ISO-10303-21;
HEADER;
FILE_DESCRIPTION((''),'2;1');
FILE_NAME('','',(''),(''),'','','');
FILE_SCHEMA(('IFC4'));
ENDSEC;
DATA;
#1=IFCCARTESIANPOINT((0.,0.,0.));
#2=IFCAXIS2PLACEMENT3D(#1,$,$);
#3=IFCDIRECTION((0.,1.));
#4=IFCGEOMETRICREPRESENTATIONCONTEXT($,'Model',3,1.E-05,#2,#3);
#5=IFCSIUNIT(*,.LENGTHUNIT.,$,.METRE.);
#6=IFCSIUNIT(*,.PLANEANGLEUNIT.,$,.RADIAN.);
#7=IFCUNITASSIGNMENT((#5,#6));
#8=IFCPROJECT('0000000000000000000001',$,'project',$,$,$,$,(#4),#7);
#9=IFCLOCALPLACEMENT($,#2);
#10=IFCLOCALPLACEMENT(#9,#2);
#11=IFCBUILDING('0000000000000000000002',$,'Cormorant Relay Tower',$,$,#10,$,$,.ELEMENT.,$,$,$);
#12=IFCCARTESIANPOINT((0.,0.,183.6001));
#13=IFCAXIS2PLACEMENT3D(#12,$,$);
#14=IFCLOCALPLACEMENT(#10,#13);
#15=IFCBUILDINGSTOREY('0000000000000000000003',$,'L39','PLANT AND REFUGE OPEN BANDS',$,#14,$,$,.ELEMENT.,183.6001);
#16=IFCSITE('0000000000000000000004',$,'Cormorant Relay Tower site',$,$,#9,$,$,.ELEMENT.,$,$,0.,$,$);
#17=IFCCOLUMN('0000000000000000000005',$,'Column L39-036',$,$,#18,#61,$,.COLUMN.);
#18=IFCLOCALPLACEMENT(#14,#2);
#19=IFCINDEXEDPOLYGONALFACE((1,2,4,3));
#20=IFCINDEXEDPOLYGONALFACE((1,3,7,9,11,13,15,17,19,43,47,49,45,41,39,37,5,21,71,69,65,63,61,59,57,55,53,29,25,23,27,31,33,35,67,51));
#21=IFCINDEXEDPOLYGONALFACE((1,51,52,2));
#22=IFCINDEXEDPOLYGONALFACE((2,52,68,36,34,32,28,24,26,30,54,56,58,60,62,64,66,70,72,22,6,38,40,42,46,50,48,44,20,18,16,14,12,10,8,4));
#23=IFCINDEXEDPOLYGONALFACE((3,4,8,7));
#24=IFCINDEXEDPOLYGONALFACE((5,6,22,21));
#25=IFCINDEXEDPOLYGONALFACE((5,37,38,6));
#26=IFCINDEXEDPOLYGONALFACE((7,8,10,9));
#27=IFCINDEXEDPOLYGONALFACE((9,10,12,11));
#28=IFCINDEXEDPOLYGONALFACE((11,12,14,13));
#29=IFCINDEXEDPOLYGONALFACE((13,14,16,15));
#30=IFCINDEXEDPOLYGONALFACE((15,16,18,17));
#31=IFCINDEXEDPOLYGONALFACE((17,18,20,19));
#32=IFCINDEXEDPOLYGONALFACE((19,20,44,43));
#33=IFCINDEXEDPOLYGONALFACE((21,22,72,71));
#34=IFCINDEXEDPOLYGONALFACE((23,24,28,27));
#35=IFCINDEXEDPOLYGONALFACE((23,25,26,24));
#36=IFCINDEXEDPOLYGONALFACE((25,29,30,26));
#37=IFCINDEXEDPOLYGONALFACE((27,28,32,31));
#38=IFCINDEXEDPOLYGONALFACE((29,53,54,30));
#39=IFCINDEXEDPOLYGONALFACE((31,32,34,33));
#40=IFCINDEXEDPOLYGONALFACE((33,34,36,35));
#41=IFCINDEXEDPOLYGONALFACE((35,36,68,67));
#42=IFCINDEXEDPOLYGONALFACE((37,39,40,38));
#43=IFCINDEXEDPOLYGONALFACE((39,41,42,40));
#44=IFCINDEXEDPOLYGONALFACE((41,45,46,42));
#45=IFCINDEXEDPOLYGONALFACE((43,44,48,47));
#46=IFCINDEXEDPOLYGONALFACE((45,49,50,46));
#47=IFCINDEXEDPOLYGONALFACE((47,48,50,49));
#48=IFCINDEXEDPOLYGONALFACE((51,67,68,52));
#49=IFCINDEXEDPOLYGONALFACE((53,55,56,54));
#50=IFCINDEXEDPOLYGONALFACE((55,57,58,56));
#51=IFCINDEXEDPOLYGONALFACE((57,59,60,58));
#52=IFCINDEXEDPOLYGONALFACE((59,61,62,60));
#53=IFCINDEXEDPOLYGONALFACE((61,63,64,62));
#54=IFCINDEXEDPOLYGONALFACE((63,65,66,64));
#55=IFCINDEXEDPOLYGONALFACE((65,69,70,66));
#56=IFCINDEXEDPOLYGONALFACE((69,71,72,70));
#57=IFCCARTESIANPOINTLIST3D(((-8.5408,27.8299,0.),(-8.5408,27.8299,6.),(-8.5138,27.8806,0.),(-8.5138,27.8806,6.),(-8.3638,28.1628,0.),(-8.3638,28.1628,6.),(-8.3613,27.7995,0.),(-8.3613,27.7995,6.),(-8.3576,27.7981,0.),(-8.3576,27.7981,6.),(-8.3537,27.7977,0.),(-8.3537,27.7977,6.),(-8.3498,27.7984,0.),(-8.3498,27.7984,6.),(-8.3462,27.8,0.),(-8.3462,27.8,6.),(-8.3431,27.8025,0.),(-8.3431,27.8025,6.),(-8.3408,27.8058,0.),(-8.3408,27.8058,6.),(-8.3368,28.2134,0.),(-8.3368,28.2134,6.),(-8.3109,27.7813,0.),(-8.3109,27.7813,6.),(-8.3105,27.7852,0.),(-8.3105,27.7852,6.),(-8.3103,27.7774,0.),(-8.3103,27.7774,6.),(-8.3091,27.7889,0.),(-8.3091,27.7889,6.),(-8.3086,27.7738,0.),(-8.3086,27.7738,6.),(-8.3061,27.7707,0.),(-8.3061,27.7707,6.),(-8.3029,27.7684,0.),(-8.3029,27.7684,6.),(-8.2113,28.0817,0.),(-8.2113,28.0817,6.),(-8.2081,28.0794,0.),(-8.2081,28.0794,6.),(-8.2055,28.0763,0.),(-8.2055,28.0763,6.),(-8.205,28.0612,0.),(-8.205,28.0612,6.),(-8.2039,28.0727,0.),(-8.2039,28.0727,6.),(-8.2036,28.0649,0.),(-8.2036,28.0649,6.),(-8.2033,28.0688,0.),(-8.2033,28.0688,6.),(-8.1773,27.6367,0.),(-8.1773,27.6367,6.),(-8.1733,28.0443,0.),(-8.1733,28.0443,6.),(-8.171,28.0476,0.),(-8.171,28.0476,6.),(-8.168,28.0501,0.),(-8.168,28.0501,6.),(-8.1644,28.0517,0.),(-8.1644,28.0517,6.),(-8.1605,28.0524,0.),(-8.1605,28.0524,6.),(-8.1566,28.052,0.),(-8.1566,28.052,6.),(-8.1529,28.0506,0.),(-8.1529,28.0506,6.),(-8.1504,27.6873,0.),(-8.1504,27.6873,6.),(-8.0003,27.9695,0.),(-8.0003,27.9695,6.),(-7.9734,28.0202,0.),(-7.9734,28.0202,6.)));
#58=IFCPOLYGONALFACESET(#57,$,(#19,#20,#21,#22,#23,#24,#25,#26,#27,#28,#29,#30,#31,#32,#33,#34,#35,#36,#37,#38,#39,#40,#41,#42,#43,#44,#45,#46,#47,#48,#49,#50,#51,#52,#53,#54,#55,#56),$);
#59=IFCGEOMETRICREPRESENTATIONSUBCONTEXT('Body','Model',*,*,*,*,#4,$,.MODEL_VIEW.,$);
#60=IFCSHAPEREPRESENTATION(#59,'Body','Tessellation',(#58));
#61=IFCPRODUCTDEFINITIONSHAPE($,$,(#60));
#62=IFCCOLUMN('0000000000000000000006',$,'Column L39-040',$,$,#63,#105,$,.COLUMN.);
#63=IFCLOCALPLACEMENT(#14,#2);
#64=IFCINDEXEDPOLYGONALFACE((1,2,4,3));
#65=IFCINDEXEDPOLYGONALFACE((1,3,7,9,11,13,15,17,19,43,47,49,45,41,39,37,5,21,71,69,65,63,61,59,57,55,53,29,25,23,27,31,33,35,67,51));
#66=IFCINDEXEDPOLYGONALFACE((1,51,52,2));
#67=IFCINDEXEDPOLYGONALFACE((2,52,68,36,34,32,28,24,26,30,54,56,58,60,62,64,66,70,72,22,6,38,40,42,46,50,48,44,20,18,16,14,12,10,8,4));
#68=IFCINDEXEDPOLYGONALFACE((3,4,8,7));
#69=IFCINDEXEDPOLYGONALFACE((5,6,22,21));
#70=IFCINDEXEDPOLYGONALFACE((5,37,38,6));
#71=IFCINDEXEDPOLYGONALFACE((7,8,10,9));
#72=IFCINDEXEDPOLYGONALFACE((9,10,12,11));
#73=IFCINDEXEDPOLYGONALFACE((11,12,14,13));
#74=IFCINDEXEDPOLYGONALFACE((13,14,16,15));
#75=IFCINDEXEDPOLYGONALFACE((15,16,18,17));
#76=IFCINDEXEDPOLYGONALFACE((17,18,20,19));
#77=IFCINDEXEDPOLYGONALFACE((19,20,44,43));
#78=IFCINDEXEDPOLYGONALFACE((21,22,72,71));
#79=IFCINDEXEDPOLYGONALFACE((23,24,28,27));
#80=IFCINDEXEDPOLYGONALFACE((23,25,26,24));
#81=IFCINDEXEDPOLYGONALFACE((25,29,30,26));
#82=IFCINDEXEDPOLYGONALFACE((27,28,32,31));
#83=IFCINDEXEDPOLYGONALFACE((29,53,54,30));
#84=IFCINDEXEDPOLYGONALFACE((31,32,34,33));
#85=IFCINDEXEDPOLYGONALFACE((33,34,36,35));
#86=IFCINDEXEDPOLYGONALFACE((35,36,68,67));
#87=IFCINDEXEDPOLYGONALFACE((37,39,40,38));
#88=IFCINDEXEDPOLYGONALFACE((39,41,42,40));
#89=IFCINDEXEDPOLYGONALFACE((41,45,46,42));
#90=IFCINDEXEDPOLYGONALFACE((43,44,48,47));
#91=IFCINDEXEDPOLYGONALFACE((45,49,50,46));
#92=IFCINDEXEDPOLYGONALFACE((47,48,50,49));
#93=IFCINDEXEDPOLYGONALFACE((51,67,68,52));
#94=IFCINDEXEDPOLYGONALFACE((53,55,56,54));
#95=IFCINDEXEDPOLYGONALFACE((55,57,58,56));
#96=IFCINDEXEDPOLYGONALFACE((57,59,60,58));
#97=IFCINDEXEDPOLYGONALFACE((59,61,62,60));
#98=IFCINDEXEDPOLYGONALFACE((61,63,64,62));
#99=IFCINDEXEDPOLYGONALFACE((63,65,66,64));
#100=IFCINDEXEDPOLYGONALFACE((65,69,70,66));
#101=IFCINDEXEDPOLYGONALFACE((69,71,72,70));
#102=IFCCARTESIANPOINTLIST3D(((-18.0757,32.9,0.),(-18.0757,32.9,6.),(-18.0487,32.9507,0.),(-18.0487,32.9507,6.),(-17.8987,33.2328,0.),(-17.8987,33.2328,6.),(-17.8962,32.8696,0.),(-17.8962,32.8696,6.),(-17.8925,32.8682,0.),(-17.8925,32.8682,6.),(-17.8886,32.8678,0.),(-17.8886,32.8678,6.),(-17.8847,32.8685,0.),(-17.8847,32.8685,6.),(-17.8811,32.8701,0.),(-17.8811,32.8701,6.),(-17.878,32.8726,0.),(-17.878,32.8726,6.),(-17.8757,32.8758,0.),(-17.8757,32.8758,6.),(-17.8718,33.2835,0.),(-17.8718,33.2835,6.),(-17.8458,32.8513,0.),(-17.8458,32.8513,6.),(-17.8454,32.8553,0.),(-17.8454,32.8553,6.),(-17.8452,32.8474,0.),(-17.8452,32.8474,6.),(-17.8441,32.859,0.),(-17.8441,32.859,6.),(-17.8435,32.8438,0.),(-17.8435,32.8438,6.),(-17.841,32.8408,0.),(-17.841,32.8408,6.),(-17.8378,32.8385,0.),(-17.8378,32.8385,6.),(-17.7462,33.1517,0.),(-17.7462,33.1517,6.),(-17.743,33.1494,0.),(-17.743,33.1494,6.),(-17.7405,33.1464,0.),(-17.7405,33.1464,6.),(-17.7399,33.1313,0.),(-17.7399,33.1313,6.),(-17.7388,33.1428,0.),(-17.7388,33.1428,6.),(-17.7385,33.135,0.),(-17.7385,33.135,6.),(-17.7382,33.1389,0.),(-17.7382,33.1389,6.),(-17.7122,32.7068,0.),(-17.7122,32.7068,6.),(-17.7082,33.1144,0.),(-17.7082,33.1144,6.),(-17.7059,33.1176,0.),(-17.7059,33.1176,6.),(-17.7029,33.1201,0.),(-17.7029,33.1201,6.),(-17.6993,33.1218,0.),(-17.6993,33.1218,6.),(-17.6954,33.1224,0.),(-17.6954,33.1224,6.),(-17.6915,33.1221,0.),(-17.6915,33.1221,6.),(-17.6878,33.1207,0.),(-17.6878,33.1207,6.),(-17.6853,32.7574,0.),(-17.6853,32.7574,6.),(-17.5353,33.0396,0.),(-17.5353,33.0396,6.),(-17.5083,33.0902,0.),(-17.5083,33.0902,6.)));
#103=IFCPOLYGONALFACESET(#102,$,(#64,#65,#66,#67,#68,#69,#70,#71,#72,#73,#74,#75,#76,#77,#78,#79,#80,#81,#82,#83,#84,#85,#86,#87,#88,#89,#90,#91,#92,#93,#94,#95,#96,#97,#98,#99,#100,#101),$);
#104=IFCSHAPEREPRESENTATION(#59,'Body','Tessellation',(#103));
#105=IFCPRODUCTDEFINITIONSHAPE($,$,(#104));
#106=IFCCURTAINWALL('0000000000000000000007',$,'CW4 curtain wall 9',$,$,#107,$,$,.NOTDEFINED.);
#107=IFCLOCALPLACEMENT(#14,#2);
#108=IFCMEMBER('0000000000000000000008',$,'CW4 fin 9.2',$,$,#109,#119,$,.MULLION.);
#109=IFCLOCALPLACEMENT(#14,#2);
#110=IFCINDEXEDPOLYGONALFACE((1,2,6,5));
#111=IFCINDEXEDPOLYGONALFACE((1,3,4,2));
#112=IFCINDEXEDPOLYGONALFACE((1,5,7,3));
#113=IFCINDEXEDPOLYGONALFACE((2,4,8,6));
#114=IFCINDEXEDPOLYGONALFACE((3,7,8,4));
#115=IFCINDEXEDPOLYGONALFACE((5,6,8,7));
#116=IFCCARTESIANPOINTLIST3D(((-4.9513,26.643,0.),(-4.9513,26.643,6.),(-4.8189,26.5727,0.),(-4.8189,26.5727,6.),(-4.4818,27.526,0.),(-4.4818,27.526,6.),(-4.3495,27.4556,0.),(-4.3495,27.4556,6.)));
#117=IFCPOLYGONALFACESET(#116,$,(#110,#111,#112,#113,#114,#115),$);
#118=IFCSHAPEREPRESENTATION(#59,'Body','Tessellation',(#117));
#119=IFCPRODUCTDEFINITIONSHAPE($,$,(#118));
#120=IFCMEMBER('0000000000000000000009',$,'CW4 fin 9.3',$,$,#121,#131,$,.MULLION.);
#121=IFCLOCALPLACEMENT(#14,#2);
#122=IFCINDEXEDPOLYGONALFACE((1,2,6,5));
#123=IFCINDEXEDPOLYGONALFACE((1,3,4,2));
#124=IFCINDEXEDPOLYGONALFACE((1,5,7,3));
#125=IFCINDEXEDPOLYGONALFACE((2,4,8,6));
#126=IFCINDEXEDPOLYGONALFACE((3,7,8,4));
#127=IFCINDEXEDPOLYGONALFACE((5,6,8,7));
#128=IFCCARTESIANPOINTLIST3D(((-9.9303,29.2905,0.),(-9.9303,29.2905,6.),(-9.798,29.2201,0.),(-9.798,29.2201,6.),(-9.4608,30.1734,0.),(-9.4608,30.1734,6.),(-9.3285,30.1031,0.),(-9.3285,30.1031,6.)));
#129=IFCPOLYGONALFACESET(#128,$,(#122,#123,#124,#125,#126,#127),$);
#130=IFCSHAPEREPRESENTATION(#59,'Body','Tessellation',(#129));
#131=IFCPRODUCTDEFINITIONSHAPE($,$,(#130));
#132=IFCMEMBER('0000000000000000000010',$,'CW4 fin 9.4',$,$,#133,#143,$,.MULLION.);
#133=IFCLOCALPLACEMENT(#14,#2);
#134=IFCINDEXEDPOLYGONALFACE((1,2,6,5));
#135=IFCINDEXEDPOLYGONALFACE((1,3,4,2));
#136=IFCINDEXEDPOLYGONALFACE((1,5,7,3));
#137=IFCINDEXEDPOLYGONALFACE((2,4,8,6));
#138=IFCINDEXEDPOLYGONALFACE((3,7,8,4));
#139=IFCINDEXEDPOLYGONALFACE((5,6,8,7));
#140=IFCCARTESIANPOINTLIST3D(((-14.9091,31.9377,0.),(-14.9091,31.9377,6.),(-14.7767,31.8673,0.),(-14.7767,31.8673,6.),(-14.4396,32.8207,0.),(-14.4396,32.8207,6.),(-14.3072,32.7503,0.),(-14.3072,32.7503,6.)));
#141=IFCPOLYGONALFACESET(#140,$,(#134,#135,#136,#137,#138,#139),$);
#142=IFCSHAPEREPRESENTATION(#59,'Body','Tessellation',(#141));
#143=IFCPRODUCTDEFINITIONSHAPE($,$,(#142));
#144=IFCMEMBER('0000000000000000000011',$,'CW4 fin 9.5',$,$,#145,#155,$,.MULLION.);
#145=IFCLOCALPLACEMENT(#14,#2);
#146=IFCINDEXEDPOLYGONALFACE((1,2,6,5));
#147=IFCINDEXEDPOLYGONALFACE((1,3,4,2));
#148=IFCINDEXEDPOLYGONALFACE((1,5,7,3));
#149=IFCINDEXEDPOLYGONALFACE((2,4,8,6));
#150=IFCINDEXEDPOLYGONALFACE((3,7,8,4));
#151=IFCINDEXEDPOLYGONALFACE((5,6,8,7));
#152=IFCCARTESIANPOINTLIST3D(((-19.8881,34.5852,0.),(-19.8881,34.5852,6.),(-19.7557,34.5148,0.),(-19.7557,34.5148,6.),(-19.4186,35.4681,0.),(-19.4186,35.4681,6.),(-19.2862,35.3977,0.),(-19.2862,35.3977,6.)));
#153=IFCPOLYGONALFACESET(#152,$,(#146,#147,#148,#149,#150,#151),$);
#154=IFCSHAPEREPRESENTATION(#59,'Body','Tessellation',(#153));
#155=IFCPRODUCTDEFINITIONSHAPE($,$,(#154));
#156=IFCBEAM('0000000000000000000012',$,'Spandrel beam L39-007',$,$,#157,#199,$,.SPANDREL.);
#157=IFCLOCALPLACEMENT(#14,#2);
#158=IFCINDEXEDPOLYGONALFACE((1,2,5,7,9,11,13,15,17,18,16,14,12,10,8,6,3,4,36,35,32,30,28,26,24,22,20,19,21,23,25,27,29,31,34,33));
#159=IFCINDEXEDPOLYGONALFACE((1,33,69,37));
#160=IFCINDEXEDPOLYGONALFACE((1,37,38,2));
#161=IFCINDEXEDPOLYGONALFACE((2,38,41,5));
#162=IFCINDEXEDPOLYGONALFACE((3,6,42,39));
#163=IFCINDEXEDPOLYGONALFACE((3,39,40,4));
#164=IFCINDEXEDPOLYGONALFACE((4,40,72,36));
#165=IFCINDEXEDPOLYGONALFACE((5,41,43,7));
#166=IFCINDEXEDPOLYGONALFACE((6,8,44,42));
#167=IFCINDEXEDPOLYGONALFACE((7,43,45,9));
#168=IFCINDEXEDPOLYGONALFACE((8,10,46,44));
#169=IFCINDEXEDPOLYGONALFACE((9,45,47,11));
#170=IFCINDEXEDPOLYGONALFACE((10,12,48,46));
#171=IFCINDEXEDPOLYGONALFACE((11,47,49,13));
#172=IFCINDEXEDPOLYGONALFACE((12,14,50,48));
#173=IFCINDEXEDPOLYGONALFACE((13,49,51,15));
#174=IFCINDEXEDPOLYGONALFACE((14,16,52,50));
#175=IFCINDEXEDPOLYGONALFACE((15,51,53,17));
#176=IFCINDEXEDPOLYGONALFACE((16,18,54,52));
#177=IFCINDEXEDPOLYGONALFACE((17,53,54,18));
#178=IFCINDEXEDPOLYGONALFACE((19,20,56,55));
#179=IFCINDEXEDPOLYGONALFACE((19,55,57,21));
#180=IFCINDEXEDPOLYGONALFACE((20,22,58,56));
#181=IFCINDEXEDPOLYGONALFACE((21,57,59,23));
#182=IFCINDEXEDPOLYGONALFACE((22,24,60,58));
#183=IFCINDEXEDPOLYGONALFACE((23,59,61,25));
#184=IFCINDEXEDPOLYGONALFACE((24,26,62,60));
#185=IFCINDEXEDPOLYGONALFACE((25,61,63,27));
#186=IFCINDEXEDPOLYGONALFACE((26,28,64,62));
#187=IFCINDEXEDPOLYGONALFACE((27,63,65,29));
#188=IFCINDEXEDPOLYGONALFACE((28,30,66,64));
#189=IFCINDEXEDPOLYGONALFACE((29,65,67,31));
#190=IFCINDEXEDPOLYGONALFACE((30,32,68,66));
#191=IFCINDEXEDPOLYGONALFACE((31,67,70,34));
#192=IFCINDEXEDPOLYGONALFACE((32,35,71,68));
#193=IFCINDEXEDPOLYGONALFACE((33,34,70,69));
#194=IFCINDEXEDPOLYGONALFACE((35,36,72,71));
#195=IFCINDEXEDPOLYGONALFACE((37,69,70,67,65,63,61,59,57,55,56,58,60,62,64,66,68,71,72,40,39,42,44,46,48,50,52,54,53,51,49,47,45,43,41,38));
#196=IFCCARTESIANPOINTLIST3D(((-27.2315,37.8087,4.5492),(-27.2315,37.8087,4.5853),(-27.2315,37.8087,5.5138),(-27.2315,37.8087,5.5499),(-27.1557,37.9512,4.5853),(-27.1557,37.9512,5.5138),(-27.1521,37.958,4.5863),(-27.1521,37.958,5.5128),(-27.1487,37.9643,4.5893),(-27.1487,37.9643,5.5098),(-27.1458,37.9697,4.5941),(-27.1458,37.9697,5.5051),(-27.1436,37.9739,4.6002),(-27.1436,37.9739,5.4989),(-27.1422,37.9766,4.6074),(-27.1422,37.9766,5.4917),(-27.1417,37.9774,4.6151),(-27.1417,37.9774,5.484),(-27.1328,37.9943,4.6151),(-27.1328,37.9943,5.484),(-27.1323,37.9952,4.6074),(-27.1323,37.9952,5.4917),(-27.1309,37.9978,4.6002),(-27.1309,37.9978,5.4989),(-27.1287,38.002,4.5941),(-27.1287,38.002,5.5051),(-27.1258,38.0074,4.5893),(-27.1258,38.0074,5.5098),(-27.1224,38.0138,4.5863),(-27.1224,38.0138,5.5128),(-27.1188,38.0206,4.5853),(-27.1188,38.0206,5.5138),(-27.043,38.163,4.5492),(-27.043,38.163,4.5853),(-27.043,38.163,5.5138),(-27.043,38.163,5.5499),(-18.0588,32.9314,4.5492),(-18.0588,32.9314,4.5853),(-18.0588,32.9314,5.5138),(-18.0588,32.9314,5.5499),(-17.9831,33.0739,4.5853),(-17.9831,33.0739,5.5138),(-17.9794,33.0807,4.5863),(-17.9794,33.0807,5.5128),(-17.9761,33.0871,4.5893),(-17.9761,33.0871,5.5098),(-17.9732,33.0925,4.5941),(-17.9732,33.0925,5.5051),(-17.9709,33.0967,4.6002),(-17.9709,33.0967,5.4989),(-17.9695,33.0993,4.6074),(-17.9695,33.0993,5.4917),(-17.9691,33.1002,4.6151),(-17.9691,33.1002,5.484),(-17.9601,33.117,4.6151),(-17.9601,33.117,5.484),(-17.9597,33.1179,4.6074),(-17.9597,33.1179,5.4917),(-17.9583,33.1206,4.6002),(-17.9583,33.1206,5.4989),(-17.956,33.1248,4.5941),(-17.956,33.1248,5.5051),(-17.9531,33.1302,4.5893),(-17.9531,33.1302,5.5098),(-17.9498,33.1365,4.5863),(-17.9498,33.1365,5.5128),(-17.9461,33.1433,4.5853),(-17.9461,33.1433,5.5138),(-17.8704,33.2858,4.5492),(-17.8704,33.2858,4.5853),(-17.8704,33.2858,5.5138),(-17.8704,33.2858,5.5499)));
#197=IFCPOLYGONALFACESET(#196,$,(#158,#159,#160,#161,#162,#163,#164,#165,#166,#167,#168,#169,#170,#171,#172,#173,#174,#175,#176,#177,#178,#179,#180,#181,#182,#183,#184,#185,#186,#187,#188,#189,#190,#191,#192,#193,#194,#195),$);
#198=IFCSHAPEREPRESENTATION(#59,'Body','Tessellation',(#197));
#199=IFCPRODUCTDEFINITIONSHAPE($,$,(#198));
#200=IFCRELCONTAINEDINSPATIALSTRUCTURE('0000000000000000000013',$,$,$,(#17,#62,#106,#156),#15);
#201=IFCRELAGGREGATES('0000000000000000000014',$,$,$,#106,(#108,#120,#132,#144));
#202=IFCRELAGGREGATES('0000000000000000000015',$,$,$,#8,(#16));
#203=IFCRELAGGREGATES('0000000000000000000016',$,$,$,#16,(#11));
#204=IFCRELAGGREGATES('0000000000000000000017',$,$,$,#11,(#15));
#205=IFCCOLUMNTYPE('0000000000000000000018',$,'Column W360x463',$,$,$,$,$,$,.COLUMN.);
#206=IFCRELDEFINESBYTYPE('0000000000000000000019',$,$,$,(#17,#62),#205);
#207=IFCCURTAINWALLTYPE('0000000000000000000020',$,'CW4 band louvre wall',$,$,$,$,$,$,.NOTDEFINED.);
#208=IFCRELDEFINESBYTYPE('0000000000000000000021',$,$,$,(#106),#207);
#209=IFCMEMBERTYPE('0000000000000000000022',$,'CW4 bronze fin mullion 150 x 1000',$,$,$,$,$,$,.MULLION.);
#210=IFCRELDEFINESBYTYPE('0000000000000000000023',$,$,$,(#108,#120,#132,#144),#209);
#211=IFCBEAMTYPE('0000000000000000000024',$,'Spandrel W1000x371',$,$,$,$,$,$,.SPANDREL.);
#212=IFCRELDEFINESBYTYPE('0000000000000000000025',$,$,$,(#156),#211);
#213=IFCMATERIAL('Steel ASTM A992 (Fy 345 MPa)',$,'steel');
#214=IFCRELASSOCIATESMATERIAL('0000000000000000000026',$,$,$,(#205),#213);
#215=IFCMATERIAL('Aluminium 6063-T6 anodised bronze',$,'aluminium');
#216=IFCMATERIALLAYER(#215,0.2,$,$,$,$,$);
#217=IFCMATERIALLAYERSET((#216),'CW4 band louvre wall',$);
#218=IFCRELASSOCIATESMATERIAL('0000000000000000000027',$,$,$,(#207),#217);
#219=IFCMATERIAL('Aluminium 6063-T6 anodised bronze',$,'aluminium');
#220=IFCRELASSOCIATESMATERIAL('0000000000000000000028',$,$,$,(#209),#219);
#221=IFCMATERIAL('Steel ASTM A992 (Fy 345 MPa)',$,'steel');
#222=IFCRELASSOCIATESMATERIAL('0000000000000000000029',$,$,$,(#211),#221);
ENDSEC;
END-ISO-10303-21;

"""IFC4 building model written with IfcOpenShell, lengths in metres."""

from ifc_helpers import new_model, si_unit, direction, frame, origin, origin_2d, place, context, subcontext, project, spatial, rectangle, i_section, extrude, material, layer, layer_set, material_profile, profile_set, type_object, element, aggregate, save


model = new_model("IFC4")

# Units and contexts
model_context = context("Model", 3, precision=1e-05, world=origin(), true_north=direction((0.0, 1.0)))
body_context = subcontext(model_context, "Body", "Model", "MODEL_VIEW")
ifc_project = project(units=[si_unit("LENGTHUNIT", "METRE"), si_unit("PLANEANGLEUNIT", "RADIAN")], contexts=[model_context])

# Site, building, storey
site_placement = place(None, origin())
site = spatial("IfcSite", under=ifc_project, at=site_placement, Name="Cormorant Relay Tower site", CompositionType="ELEMENT", RefElevation=0.0)
building_placement = place(site_placement, origin())
building = spatial("IfcBuilding", under=site, at=building_placement, Name="Cormorant Relay Tower", CompositionType="ELEMENT")
storey_placement = place(building_placement, frame((0.0, 0.0, 183.6001)))
storey = spatial("IfcBuildingStorey", under=building, at=storey_placement, Name="L39", Description="PLANT AND REFUGE OPEN BANDS", CompositionType="ELEMENT", Elevation=183.6001)

# Columns
ifc_material_1 = material(Name="Steel ASTM A992 (Fy 345 MPa)", Category="steel")
ifc_material_profile_1 = material_profile(ifc_material_1, i_section(OverallWidth=0.4116, OverallDepth=0.4343, WebThickness=0.0359, FlangeThickness=0.0574, FilletRadius=0.0151, at=origin_2d()), Name="W360x463")
ifc_profile_set_1 = profile_set([ifc_material_profile_1], Name="Steel ASTM A992 (Fy 345 MPa)")
column_type = type_object("IfcColumnType", Name="Column W360x463", PredefinedType="COLUMN", material=ifc_profile_set_1)
for number, where, z_axis, x_axis, name in (
    (1, (-8.2571, 27.925, 0.0), (0.0, 0.0, 1.0), (-0.882948, 0.469472, 0.0), "Column L39-036"),
    (2, (-17.792, 32.9951, 0.0), (0.0, 0.0, 1.0), (-0.882948, 0.469472, 0.0), "Column L39-040"),
):
    element("IfcColumn", number, at=place(storey_placement, frame(where, z_axis=z_axis, x_axis=x_axis)), inside=storey, type_object=column_type, Name=name, PredefinedType="COLUMN", context=body_context, shape_type="SweptSolid", body=[
        extrude(i_section(OverallWidth=0.4116, OverallDepth=0.4343, WebThickness=0.0359, FlangeThickness=0.0574, FilletRadius=0.0151, at=origin_2d()), origin(), (0.0, 0.0, 1.0), 6.0),
    ])

# Curtain wall, members
ifc_material_2 = material(Name="Aluminium 6063-T6 anodised bronze", Category="aluminium")
ifc_layer_1 = layer(ifc_material_2, 0.2)
ifc_layer_set_1 = layer_set([ifc_layer_1], Name="CW4 band louvre wall")
curtain_wall_type = type_object("IfcCurtainWallType", Name="CW4 band louvre wall", PredefinedType="NOTDEFINED", material=ifc_layer_set_1)
curtain_wall_placement = place(storey_placement, origin())
curtain_wall = element("IfcCurtainWall", 3, at=curtain_wall_placement, inside=storey, type_object=curtain_wall_type, Name="CW4 curtain wall 9", PredefinedType="NOTDEFINED")
ifc_material_3 = material(Name="Aluminium 6063-T6 anodised bronze", Category="aluminium")
ifc_material_profile_2 = material_profile(ifc_material_3, rectangle(XDim=0.1499, YDim=1.0, at=origin_2d()), Name="AL 150x1000")
ifc_profile_set_2 = profile_set([ifc_material_profile_2], Name="Aluminium 6063-T6 anodised bronze")
member_type = type_object("IfcMemberType", Name="CW4 bronze fin mullion 150 x 1000", PredefinedType="MULLION", material=ifc_profile_set_2)
member_1_placement = place(storey_placement, frame((-4.6504, 27.0493, 0.0), z_axis=(0.0, 0.0, 1.0), x_axis=(-0.882948, 0.469472, 0.0)))
member_1 = element("IfcMember", 4, at=member_1_placement, type_object=member_type, Name="CW4 fin 9.2", PredefinedType="MULLION", context=body_context, shape_type="SweptSolid", body=[
    extrude(rectangle(XDim=0.1499, YDim=1.0, at=origin_2d()), origin(), (0.0, 0.0, 1.0), 6.0),
])
member_2_placement = place(storey_placement, frame((-9.6294, 29.6968, 0.0), z_axis=(0.0, 0.0, 1.0), x_axis=(-0.882948, 0.469472, 0.0)))
member_2 = element("IfcMember", 5, at=member_2_placement, type_object=member_type, Name="CW4 fin 9.3", PredefinedType="MULLION", context=body_context, shape_type="SweptSolid", body=[
    extrude(rectangle(XDim=0.1499, YDim=1.0, at=origin_2d()), origin(), (0.0, 0.0, 1.0), 6.0),
])
member_3_placement = place(storey_placement, frame((-14.6082, 32.344, 0.0), z_axis=(0.0, 0.0, 1.0), x_axis=(-0.882948, 0.469472, 0.0)))
member_3 = element("IfcMember", 6, at=member_3_placement, type_object=member_type, Name="CW4 fin 9.4", PredefinedType="MULLION", context=body_context, shape_type="SweptSolid", body=[
    extrude(rectangle(XDim=0.1499, YDim=1.0, at=origin_2d()), origin(), (0.0, 0.0, 1.0), 6.0),
])
member_4_placement = place(storey_placement, frame((-19.5872, 34.9915, 0.0), z_axis=(0.0, 0.0, 1.0), x_axis=(-0.882948, 0.469472, 0.0)))
member_4 = element("IfcMember", 7, at=member_4_placement, type_object=member_type, Name="CW4 fin 9.5", PredefinedType="MULLION", context=body_context, shape_type="SweptSolid", body=[
    extrude(rectangle(XDim=0.1499, YDim=1.0, at=origin_2d()), origin(), (0.0, 0.0, 1.0), 6.0),
])

# Beam
ifc_material_4 = material(Name="Steel ASTM A992 (Fy 345 MPa)", Category="steel")
ifc_material_profile_3 = material_profile(ifc_material_4, i_section(OverallWidth=0.4014, OverallDepth=1.0007, WebThickness=0.019, FlangeThickness=0.0361, FilletRadius=0.0298, at=origin_2d()), Name="W1000x371")
ifc_profile_set_3 = profile_set([ifc_material_profile_3], Name="Steel ASTM A992 (Fy 345 MPa)")
beam_type = type_object("IfcBeamType", Name="Spandrel W1000x371", PredefinedType="SPANDREL", material=ifc_profile_set_3)
beam_placement = place(storey_placement, frame((-17.9646, 33.1086, 5.0496), z_axis=(-0.882946, 0.469474, 0.0), x_axis=(-0.469474, -0.882946, 0.0)))
element("IfcBeam", 8, at=beam_placement, inside=storey, type_object=beam_type, Name="Spandrel beam L39-007", PredefinedType="SPANDREL", context=body_context, shape_type="SweptSolid", body=[
    extrude(i_section(OverallWidth=0.4014, OverallDepth=1.0007, WebThickness=0.019, FlangeThickness=0.0361, FilletRadius=0.0298, at=origin_2d()), origin(), (0.0, 0.0, 1.0), 10.3887),
])

aggregate(curtain_wall, [member_1, member_2, member_3, member_4])

save(model, "model.ifc")
